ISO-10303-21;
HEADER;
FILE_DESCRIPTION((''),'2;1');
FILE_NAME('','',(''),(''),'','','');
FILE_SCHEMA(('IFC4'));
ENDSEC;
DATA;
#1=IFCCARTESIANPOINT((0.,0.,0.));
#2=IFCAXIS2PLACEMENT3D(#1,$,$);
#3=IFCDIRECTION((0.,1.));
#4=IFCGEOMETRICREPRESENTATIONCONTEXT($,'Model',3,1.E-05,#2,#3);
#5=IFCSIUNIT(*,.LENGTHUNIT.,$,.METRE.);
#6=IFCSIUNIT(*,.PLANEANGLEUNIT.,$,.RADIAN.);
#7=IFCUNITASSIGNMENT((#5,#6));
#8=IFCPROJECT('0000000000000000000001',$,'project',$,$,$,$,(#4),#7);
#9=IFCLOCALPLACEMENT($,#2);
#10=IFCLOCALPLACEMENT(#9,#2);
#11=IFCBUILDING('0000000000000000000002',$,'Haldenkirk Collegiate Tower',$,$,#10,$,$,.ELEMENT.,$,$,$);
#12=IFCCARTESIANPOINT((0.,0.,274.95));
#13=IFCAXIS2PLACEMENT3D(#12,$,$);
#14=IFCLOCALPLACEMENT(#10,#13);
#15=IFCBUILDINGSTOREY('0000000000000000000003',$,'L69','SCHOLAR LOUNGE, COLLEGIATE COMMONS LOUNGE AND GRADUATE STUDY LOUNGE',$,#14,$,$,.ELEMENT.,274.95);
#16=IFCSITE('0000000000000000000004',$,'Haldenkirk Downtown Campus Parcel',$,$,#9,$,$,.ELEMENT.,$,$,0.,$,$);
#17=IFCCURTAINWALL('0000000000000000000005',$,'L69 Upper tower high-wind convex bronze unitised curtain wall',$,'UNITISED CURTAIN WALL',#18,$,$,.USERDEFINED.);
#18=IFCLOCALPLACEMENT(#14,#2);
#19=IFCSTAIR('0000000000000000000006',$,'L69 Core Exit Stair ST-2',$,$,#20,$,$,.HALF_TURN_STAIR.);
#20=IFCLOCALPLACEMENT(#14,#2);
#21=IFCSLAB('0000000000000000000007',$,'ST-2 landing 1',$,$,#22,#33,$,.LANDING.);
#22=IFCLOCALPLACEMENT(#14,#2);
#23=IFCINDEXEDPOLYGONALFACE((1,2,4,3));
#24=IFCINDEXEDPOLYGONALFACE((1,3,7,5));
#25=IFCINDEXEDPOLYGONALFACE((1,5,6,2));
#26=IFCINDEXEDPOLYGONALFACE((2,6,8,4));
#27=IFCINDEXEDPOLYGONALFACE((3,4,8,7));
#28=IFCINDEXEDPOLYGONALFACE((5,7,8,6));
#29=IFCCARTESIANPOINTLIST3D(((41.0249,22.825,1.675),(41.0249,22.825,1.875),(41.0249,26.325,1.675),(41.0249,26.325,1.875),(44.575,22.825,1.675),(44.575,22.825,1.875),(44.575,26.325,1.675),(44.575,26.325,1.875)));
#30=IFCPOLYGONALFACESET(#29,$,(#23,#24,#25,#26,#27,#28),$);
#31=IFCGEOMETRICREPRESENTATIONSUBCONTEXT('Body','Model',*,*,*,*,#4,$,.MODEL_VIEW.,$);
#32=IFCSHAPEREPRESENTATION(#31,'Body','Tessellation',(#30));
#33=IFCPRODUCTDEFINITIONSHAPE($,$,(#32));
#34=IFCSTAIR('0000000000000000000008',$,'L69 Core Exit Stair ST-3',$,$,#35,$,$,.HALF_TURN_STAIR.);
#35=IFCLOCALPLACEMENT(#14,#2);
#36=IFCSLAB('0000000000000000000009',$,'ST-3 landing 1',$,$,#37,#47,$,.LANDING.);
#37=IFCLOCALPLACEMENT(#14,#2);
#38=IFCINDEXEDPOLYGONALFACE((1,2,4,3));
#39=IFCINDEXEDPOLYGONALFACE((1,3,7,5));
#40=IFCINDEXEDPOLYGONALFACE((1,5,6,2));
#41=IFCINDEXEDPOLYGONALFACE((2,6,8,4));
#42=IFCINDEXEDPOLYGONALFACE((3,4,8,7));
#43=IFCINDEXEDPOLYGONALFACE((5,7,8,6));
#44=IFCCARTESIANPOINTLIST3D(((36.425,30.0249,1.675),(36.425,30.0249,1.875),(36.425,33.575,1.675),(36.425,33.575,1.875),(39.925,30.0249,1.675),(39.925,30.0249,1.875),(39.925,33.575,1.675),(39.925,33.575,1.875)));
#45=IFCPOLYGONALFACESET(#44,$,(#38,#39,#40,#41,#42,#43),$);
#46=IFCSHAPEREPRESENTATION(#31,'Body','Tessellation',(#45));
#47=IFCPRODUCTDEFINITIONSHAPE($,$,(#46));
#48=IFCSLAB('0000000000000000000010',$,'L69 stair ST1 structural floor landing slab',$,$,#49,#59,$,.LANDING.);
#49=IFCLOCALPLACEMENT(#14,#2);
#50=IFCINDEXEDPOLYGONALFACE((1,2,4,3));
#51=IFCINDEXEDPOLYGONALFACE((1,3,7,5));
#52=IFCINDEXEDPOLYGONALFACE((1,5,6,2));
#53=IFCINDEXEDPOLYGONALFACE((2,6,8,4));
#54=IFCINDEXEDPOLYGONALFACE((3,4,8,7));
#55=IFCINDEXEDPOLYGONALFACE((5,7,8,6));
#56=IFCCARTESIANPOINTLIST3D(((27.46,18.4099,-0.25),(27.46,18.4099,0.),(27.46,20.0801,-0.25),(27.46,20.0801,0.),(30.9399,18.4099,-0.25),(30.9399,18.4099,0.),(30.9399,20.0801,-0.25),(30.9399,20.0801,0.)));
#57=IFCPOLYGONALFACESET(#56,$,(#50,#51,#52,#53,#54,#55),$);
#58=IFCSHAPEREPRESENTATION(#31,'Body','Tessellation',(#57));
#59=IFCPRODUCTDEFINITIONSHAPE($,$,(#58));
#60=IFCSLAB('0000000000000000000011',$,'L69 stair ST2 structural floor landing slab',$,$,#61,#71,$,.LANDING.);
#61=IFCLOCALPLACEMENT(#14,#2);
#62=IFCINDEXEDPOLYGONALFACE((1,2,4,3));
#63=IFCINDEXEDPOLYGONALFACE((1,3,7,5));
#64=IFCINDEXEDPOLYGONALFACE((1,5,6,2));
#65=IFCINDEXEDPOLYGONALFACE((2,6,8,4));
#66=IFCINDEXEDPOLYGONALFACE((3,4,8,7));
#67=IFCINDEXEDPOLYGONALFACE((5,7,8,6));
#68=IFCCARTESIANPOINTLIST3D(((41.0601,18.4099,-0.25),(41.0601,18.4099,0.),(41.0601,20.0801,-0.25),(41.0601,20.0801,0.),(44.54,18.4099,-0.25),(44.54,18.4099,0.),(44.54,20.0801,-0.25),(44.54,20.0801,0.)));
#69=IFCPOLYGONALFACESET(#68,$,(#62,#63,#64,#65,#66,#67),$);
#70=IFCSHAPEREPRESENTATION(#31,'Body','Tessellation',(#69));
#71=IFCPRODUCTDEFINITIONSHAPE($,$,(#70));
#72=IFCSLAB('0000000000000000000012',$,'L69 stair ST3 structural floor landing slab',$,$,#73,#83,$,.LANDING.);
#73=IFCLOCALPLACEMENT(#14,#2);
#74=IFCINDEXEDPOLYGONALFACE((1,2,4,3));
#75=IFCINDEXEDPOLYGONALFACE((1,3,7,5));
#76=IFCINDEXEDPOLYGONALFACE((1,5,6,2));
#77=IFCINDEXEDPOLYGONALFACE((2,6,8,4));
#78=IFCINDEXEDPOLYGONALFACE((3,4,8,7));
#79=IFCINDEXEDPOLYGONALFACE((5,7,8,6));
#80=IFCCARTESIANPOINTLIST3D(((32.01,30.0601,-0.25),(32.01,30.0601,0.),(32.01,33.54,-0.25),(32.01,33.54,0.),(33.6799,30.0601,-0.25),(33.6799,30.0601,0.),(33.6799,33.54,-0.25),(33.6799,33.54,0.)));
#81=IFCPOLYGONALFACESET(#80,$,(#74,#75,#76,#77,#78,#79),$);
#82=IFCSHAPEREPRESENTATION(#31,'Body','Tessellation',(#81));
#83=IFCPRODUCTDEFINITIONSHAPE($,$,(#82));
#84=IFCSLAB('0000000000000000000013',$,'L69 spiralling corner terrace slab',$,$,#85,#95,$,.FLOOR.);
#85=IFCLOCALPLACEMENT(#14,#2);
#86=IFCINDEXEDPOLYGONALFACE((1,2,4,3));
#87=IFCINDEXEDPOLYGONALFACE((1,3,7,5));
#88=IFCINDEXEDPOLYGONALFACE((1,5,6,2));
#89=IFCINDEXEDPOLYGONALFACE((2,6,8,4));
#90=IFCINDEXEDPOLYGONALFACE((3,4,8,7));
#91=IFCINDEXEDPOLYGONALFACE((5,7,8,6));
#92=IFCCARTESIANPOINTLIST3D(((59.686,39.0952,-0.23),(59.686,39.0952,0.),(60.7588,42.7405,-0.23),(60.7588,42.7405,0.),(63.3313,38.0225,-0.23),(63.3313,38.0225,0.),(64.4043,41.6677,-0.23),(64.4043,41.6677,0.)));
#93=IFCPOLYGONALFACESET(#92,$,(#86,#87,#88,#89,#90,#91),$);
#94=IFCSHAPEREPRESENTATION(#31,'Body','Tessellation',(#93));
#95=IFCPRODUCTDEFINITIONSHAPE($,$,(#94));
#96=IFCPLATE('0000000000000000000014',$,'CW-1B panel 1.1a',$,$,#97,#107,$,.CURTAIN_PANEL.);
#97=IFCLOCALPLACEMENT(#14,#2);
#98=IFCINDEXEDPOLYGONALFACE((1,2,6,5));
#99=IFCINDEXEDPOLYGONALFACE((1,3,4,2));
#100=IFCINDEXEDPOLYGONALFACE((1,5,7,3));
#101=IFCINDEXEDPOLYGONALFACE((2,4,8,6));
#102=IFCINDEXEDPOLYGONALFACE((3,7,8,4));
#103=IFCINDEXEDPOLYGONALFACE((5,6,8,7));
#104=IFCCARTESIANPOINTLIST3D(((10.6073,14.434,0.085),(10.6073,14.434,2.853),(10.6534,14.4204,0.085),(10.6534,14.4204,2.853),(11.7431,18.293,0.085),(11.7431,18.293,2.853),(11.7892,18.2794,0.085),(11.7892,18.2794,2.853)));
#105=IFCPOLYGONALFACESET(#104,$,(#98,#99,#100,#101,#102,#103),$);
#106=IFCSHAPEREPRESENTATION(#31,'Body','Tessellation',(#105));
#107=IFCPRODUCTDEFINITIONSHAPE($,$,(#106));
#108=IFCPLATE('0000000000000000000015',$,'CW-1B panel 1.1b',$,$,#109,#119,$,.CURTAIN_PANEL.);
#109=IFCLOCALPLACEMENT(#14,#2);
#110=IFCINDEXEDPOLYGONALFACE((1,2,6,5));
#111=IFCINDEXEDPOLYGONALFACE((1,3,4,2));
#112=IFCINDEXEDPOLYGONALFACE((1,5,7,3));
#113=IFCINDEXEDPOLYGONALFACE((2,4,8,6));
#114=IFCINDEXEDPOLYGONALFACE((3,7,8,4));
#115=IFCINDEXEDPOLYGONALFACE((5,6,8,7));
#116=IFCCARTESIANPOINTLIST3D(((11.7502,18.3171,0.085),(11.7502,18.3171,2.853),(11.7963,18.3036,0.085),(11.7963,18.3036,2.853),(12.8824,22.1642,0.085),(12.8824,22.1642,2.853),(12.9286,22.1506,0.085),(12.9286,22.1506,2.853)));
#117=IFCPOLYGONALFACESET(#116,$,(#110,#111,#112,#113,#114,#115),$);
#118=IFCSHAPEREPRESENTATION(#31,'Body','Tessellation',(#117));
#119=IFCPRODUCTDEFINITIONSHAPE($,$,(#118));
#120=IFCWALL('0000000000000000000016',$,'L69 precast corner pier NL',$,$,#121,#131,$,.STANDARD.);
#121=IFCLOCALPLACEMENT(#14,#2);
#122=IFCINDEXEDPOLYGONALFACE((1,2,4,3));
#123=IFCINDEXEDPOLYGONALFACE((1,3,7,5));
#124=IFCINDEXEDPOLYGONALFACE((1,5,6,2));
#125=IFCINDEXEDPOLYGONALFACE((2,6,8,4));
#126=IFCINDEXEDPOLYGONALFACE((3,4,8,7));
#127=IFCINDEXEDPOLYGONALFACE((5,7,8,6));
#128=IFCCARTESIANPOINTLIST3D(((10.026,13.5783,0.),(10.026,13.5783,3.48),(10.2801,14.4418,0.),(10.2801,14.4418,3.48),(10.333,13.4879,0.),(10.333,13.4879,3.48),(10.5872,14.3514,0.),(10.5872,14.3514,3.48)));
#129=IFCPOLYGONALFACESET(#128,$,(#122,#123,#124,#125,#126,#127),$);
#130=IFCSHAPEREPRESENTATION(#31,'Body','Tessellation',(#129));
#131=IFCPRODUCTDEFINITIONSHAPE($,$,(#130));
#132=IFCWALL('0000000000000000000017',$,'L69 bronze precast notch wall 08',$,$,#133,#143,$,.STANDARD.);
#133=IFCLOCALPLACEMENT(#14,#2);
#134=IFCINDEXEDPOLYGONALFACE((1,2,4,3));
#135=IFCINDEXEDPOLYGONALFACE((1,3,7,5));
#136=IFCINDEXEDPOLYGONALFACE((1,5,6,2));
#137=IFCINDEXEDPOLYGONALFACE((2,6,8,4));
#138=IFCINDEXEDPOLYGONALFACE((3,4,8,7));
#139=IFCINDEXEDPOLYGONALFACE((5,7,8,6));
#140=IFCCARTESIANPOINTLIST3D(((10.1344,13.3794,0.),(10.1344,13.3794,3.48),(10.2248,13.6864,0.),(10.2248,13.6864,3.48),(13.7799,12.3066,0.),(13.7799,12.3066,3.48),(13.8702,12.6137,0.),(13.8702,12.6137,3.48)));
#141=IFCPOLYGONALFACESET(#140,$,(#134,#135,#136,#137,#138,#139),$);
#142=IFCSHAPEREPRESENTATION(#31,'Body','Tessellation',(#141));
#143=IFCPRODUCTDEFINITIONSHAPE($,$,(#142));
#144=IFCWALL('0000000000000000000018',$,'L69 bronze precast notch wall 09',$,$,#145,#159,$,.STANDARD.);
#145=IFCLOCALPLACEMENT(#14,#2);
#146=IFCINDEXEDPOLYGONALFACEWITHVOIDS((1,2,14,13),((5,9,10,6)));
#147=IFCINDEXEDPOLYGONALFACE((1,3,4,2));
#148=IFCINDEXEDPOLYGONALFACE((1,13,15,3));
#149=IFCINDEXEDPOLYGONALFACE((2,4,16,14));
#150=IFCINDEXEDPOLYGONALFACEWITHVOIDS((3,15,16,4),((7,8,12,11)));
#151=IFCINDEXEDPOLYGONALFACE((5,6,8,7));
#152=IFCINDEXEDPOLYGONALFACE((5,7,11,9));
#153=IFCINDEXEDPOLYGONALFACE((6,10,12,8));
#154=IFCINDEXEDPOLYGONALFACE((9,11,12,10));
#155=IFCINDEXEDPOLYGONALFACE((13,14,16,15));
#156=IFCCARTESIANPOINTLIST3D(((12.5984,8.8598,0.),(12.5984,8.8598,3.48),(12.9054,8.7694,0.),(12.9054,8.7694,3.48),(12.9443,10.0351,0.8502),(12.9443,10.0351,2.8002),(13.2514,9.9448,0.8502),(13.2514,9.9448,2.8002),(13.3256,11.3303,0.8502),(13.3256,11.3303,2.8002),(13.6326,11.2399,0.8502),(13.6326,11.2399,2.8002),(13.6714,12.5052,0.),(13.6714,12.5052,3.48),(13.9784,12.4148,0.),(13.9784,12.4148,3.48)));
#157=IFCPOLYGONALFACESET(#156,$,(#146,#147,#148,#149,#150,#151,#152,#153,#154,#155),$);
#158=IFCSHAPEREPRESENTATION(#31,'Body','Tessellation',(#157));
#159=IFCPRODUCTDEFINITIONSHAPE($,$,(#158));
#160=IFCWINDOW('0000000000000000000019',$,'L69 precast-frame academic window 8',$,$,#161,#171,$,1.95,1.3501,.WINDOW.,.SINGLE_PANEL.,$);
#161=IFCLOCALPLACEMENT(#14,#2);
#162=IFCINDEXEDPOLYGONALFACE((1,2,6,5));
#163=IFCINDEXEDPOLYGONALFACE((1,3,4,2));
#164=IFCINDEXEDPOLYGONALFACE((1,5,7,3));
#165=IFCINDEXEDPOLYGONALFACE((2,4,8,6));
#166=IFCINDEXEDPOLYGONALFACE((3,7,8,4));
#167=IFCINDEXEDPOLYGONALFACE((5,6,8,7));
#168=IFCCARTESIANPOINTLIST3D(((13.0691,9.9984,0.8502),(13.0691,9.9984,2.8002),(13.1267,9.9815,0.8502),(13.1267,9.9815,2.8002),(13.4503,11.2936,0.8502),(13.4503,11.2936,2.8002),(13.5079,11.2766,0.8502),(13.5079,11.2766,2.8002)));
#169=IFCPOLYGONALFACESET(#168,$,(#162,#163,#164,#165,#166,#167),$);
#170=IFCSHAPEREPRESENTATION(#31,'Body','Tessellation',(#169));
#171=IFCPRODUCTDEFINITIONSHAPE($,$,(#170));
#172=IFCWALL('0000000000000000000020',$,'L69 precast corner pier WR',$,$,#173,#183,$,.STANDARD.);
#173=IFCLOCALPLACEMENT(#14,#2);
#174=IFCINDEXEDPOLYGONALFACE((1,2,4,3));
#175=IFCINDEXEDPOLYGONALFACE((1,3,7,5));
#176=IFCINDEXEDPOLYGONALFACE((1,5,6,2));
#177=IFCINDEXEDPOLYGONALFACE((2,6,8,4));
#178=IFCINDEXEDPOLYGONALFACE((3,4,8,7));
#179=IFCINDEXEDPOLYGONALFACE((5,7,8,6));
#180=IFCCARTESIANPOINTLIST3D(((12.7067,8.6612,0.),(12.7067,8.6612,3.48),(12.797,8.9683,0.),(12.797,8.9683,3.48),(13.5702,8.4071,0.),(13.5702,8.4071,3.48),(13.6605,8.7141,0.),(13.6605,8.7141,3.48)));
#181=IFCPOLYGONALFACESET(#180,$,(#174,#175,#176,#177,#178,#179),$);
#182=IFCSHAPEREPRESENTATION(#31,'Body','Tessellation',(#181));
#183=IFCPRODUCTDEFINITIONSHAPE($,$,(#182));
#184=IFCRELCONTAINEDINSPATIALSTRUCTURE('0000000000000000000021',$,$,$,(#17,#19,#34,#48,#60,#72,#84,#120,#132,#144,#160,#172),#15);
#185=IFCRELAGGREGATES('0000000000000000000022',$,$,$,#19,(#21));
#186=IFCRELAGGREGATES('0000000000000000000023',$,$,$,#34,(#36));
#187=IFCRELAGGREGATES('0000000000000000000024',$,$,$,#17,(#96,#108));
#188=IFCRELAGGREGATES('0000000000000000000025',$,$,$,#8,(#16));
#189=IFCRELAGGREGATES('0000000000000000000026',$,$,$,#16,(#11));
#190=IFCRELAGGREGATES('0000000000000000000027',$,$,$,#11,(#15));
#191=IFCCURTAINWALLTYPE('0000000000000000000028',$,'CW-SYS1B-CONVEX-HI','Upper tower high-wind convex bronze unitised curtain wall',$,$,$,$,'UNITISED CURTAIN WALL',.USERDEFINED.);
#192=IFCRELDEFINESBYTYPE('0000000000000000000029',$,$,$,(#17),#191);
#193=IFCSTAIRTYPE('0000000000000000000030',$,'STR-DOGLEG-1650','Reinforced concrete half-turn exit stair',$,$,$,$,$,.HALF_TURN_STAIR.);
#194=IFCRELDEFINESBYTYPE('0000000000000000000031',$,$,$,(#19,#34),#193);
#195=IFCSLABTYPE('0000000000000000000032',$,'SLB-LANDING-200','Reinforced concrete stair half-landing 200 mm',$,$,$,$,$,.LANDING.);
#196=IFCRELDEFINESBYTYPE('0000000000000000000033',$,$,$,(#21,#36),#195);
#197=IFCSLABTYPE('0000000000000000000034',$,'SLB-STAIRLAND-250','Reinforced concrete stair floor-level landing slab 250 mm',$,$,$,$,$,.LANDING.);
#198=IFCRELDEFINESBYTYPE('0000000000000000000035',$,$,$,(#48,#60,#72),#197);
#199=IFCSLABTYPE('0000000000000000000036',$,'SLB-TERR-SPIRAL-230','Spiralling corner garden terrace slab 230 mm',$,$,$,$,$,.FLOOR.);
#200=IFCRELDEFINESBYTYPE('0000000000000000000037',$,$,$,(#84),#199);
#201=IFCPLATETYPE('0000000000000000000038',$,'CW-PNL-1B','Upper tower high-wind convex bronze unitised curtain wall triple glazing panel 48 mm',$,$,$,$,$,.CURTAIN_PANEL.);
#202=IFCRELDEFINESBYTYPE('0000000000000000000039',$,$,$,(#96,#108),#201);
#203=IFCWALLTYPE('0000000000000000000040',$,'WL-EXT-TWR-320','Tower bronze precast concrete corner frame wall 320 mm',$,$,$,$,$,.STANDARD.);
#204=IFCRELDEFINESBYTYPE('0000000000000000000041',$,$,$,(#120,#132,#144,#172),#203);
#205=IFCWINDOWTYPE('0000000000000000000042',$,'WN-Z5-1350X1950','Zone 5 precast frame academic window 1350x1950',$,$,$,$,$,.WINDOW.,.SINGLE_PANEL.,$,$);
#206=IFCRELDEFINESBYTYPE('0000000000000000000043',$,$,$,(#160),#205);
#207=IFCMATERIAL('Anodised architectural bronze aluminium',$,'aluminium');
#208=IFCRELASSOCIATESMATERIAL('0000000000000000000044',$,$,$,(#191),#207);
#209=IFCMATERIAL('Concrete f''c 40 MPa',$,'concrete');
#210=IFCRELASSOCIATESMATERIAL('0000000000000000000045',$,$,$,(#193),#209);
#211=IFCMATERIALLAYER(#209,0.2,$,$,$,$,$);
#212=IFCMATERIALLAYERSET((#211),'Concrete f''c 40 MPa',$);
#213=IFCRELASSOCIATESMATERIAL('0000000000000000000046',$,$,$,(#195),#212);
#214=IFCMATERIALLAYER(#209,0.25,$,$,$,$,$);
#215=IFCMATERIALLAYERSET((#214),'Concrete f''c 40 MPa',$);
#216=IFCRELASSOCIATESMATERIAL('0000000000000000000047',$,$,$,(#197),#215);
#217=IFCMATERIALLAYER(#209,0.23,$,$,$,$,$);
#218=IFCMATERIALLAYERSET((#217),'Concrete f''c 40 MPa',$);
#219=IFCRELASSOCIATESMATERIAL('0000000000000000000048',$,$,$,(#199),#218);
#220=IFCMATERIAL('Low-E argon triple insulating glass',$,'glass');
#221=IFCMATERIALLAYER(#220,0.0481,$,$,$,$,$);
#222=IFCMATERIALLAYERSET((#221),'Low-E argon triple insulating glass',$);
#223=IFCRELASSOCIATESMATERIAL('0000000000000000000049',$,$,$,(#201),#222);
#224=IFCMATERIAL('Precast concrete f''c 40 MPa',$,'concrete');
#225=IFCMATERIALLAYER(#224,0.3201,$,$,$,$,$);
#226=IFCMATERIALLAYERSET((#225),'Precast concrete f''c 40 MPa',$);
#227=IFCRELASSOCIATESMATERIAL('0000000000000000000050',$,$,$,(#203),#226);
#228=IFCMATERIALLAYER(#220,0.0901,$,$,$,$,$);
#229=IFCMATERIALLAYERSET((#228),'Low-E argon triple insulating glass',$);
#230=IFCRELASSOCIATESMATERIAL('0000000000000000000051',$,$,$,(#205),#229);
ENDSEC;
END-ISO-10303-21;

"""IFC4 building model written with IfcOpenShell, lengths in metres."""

from ifc_helpers import new_model, si_unit, direction, frame, frame_2d, origin, origin_2d, place, context, subcontext, project, spatial, polyline, rectangle, outline, extrude, source, transform, mapped, material, layer, layer_set, type_object, element, fill, aggregate, save


model = new_model("IFC4")

# Units and contexts
model_context = context("Model", 3, precision=1e-05, world=origin(), true_north=direction((0.0, 1.0)))
body_context = subcontext(model_context, "Body", "Model", "MODEL_VIEW")
ifc_project = project(units=[si_unit("LENGTHUNIT", "METRE"), si_unit("PLANEANGLEUNIT", "RADIAN")], contexts=[model_context])

# Site, building, storey
site_placement = place(None, origin())
site = spatial("IfcSite", under=ifc_project, at=site_placement, Name="Haldenkirk Downtown Campus Parcel", CompositionType="ELEMENT", RefElevation=0.0)
building_placement = place(site_placement, origin())
building = spatial("IfcBuilding", under=site, at=building_placement, Name="Haldenkirk Collegiate Tower", CompositionType="ELEMENT")
storey_placement = place(building_placement, frame((0.0, 0.0, 274.95)))
storey = spatial("IfcBuildingStorey", under=building, at=storey_placement, Name="L69", Description="SCHOLAR LOUNGE, COLLEGIATE COMMONS LOUNGE AND GRADUATE STUDY LOUNGE", CompositionType="ELEMENT", Elevation=274.95)

# Curtain wall
ifc_material_1 = material(Name="Anodised architectural bronze aluminium", Category="aluminium")
curtain_wall_type = type_object("IfcCurtainWallType", Name="CW-SYS1B-CONVEX-HI", Description="Upper tower high-wind convex bronze unitised curtain wall", ElementType="UNITISED CURTAIN WALL", PredefinedType="USERDEFINED", material=ifc_material_1)
curtain_wall_1_placement = place(storey_placement, origin())
curtain_wall_1 = element("IfcCurtainWall", 1, at=curtain_wall_1_placement, inside=storey, type_object=curtain_wall_type, Name="L69 Upper tower high-wind convex bronze unitised curtain wall", ObjectType="UNITISED CURTAIN WALL", PredefinedType="USERDEFINED")

# Shared definitions
ifc_material_2 = material(Name="Concrete f'c 40 MPa", Category="concrete")

# Stairs, slabs
stair_type = type_object("IfcStairType", Name="STR-DOGLEG-1650", Description="Reinforced concrete half-turn exit stair", PredefinedType="HALF_TURN_STAIR", material=ifc_material_2)
ifc_layer_1 = layer(ifc_material_2, 0.2)
ifc_layer_set_1 = layer_set([ifc_layer_1], Name="Concrete f'c 40 MPa")
slab_type_1 = type_object("IfcSlabType", Name="SLB-LANDING-200", Description="Reinforced concrete stair half-landing 200 mm", PredefinedType="LANDING", material=ifc_layer_set_1)
stair_1_placement = place(storey_placement, origin())
stair_1 = element("IfcStair", 2, at=stair_1_placement, inside=storey, type_object=stair_type, Name="L69 Core Exit Stair ST-2", PredefinedType="HALF_TURN_STAIR")
slab_1_placement = place(storey_placement, frame((0.0, 0.0, 1.675)))
slab_1 = element("IfcSlab", 3, at=slab_1_placement, type_object=slab_type_1, Name="ST-2 landing 1", PredefinedType="LANDING", context=body_context, shape_type="SweptSolid", body=[
    extrude(outline(polyline([(44.575, 22.825), (41.0249, 22.825), (41.0249, 26.325), (44.575, 26.325), (44.575, 22.825)])), origin(), (0.0, 0.0, 1.0), 0.2),
])
aggregate(stair_1, [slab_1])
stair_2_placement = place(storey_placement, origin())
stair_2 = element("IfcStair", 4, at=stair_2_placement, inside=storey, type_object=stair_type, Name="L69 Core Exit Stair ST-3", PredefinedType="HALF_TURN_STAIR")
slab_2_placement = place(storey_placement, frame((0.0, 0.0, 1.675)))
slab_2 = element("IfcSlab", 5, at=slab_2_placement, type_object=slab_type_1, Name="ST-3 landing 1", PredefinedType="LANDING", context=body_context, shape_type="SweptSolid", body=[
    extrude(outline(polyline([(36.425, 30.0249), (36.425, 33.575), (39.925, 33.575), (39.925, 30.0249), (36.425, 30.0249)])), origin(), (0.0, 0.0, 1.0), 0.2),
])
aggregate(stair_2, [slab_2])

# Slabs
ifc_layer_2 = layer(ifc_material_2, 0.25)
ifc_layer_set_2 = layer_set([ifc_layer_2], Name="Concrete f'c 40 MPa")
slab_type_2 = type_object("IfcSlabType", Name="SLB-STAIRLAND-250", Description="Reinforced concrete stair floor-level landing slab 250 mm", PredefinedType="LANDING", material=ifc_layer_set_2)
slab_3_placement = place(storey_placement, frame((0.0, 0.0, -0.25)))
element("IfcSlab", 6, at=slab_3_placement, inside=storey, type_object=slab_type_2, Name="L69 stair ST1 structural floor landing slab", PredefinedType="LANDING", context=body_context, shape_type="SweptSolid", body=[
    extrude(outline(polyline([(27.46, 18.4099), (30.9399, 18.4099), (30.9399, 20.0801), (27.46, 20.0801), (27.46, 18.4099)])), origin(), (0.0, 0.0, 1.0), 0.25),
])
slab_4_placement = place(storey_placement, frame((0.0, 0.0, -0.25)))
element("IfcSlab", 7, at=slab_4_placement, inside=storey, type_object=slab_type_2, Name="L69 stair ST2 structural floor landing slab", PredefinedType="LANDING", context=body_context, shape_type="SweptSolid", body=[
    extrude(outline(polyline([(41.0601, 18.4099), (44.54, 18.4099), (44.54, 20.0801), (41.0601, 20.0801), (41.0601, 18.4099)])), origin(), (0.0, 0.0, 1.0), 0.25),
])
slab_5_placement = place(storey_placement, frame((0.0, 0.0, -0.25)))
element("IfcSlab", 8, at=slab_5_placement, inside=storey, type_object=slab_type_2, Name="L69 stair ST3 structural floor landing slab", PredefinedType="LANDING", context=body_context, shape_type="SweptSolid", body=[
    extrude(outline(polyline([(32.01, 30.0601), (33.6799, 30.0601), (33.6799, 33.54), (32.01, 33.54), (32.01, 30.0601)])), origin(), (0.0, 0.0, 1.0), 0.25),
])
ifc_layer_3 = layer(ifc_material_2, 0.23)
ifc_layer_set_3 = layer_set([ifc_layer_3], Name="Concrete f'c 40 MPa")
slab_type_3 = type_object("IfcSlabType", Name="SLB-TERR-SPIRAL-230", Description="Spiralling corner garden terrace slab 230 mm", PredefinedType="FLOOR", material=ifc_layer_set_3)
slab_6_placement = place(storey_placement, frame((0.0, 0.0, -0.23)))
element("IfcSlab", 9, at=slab_6_placement, inside=storey, type_object=slab_type_3, Name="L69 spiralling corner terrace slab", PredefinedType="FLOOR", context=body_context, shape_type="SweptSolid", body=[
    extrude(outline(polyline([(63.3313, 38.0225), (64.4043, 41.6677), (60.7588, 42.7405), (59.686, 39.0952), (63.3313, 38.0225)])), origin(), (0.0, 0.0, 1.0), 0.23),
])

# Plates
ifc_material_3 = material(Name="Low-E argon triple insulating glass", Category="glass")
ifc_layer_4 = layer(ifc_material_3, 0.0481)
ifc_layer_set_4 = layer_set([ifc_layer_4], Name="Low-E argon triple insulating glass")
plate_type = type_object("IfcPlateType", Name="CW-PNL-1B", Description="Upper tower high-wind convex bronze unitised curtain wall triple glazing panel 48 mm", PredefinedType="CURTAIN_PANEL", material=ifc_layer_set_4)
shared_shape_1 = source(origin(), body_context, "Body", "SweptSolid", [
    extrude(rectangle(XDim=4.0227, YDim=0.0481, at=origin_2d()), origin(), (0.0, 0.0, 1.0), 2.7681),
])
plate_1_placement = place(storey_placement, frame((11.1982, 16.3567, 0.085), z_axis=(0.0, 0.0, 1.0), x_axis=(0.282344, 0.959313, 0.0)))
plate_1 = element("IfcPlate", 10, at=plate_1_placement, type_object=plate_type, Name="CW-1B panel 1.1a", PredefinedType="CURTAIN_PANEL", context=body_context, shape_type="MappedRepresentation", body=[
    mapped(shared_shape_1, transform((0.0, 0.0, 0.0), x_axis=(1.0, 0.0, 0.0), y_axis=(0.0, 1.0, 0.0), z_axis=(0.0, 0.0, 1.0), scale=1.0)),
])
shared_shape_2 = source(origin(), body_context, "Body", "SweptSolid", [
    extrude(rectangle(XDim=4.0103, YDim=0.0481, at=origin_2d()), origin(), (0.0, 0.0, 1.0), 2.7681),
])
plate_2_placement = place(storey_placement, frame((12.3394, 20.2339, 0.085), z_axis=(0.0, 0.0, 1.0), x_axis=(0.282344, 0.959313, 0.0)))
plate_2 = element("IfcPlate", 11, at=plate_2_placement, type_object=plate_type, Name="CW-1B panel 1.1b", PredefinedType="CURTAIN_PANEL", context=body_context, shape_type="MappedRepresentation", body=[
    mapped(shared_shape_2, transform((0.0, 0.0, 0.0), x_axis=(1.0, 0.0, 0.0), y_axis=(0.0, 1.0, 0.0), z_axis=(0.0, 0.0, 1.0), scale=1.0)),
])
aggregate(curtain_wall_1, [plate_1, plate_2])

# Walls
ifc_material_4 = material(Name="Precast concrete f'c 40 MPa", Category="concrete")
ifc_layer_5 = layer(ifc_material_4, 0.3201)
ifc_layer_set_5 = layer_set([ifc_layer_5], Name="Precast concrete f'c 40 MPa")
wall_type_1 = type_object("IfcWallType", Name="WL-EXT-TWR-320", Description="Tower bronze precast concrete corner frame wall 320 mm", PredefinedType="STANDARD", material=ifc_layer_set_5)
wall_1_placement = place(storey_placement, frame((10.1794, 13.533, 0.0), z_axis=(0.0, 0.0, 1.0), x_axis=(0.282343, 0.959314, 0.0)))
element("IfcWall", 12, at=wall_1_placement, inside=storey, type_object=wall_type_1, Name="L69 precast corner pier NL", PredefinedType="STANDARD", context=body_context, shape_type="SweptSolid", body=[
    extrude(rectangle(XDim=0.9001, YDim=0.3201, at=frame_2d((0.4502, 0.0))), origin(), (0.0, 0.0, 1.0), 3.48),
])
wall_2_placement = place(storey_placement, frame((13.825, 12.4602, 0.0), z_axis=(0.0, 0.0, 1.0), x_axis=(-0.959327, 0.282298, 0.0)))
element("IfcWall", 13, at=wall_2_placement, inside=storey, type_object=wall_type_1, Name="L69 bronze precast notch wall 08", PredefinedType="STANDARD", context=body_context, shape_type="SweptSolid", body=[
    extrude(rectangle(XDim=3.8, YDim=0.3201, at=frame_2d((1.8999, 0.0))), origin(), (0.0, 0.0, 1.0), 3.48),
])

# Wall, opening, window
wall_3_placement = place(storey_placement, frame((12.752, 8.8147, 0.0), z_axis=(0.0, 0.0, 1.0), x_axis=(0.282358, 0.959309, 0.0)))
wall_3 = element("IfcWall", 14, at=wall_3_placement, inside=storey, type_object=wall_type_1, Name="L69 bronze precast notch wall 09", PredefinedType="STANDARD", context=body_context, shape_type="SweptSolid", body=[
    extrude(rectangle(XDim=3.8, YDim=0.3201, at=frame_2d((1.8999, 0.0))), origin(), (0.0, 0.0, 1.0), 3.48),
])
opening_1_placement = place(wall_3_placement, frame((1.2251, 0.0, 0.8501)))
opening_1 = element("IfcOpeningElement", 15, at=opening_1_placement, cuts=wall_3, PredefinedType="OPENING", context=body_context, shape_type="SweptSolid", body=[
    extrude(rectangle(XDim=1.3501, YDim=1.95, at=frame_2d((0.675, 0.9751))), frame((0.0, 0.1699, 0.0), z_axis=(0.0, -1.0, 0.0), x_axis=(1.0, 0.0, 0.0)), (0.0, 0.0, 1.0), 0.3401),
])
ifc_layer_6 = layer(ifc_material_3, 0.0901)
ifc_layer_set_6 = layer_set([ifc_layer_6], Name="Low-E argon triple insulating glass")
window_type = type_object("IfcWindowType", Name="WN-Z5-1350X1950", Description="Zone 5 precast frame academic window 1350x1950", PartitioningType="SINGLE_PANEL", PredefinedType="WINDOW", material=ifc_layer_set_6)
window_placement = place(opening_1_placement, origin())
window = element("IfcWindow", 16, at=window_placement, inside=storey, type_object=window_type, Name="L69 precast-frame academic window 8", OverallHeight=1.95, OverallWidth=1.3501, PartitioningType="SINGLE_PANEL", PredefinedType="WINDOW", context=body_context, shape_type="SweptSolid", body=[
    extrude(rectangle(XDim=1.3501, YDim=1.95, at=frame_2d((0.675, 0.9751))), frame((0.0, 0.03, 0.0), z_axis=(0.0, -1.0, 0.0), x_axis=(1.0, 0.0, 0.0)), (0.0, 0.0, 1.0), 0.0601),
])
fill(opening_1, window)

# Wall
wall_4_placement = place(storey_placement, frame((13.6155, 8.5605, 0.0), z_axis=(0.0, 0.0, 1.0), x_axis=(-0.959314, 0.282343, 0.0)))
element("IfcWall", 17, at=wall_4_placement, inside=storey, type_object=wall_type_1, Name="L69 precast corner pier WR", PredefinedType="STANDARD", context=body_context, shape_type="SweptSolid", body=[
    extrude(rectangle(XDim=0.9001, YDim=0.3201, at=frame_2d((0.4502, 0.0))), origin(), (0.0, 0.0, 1.0), 3.48),
])

save(model, "model.ifc")
